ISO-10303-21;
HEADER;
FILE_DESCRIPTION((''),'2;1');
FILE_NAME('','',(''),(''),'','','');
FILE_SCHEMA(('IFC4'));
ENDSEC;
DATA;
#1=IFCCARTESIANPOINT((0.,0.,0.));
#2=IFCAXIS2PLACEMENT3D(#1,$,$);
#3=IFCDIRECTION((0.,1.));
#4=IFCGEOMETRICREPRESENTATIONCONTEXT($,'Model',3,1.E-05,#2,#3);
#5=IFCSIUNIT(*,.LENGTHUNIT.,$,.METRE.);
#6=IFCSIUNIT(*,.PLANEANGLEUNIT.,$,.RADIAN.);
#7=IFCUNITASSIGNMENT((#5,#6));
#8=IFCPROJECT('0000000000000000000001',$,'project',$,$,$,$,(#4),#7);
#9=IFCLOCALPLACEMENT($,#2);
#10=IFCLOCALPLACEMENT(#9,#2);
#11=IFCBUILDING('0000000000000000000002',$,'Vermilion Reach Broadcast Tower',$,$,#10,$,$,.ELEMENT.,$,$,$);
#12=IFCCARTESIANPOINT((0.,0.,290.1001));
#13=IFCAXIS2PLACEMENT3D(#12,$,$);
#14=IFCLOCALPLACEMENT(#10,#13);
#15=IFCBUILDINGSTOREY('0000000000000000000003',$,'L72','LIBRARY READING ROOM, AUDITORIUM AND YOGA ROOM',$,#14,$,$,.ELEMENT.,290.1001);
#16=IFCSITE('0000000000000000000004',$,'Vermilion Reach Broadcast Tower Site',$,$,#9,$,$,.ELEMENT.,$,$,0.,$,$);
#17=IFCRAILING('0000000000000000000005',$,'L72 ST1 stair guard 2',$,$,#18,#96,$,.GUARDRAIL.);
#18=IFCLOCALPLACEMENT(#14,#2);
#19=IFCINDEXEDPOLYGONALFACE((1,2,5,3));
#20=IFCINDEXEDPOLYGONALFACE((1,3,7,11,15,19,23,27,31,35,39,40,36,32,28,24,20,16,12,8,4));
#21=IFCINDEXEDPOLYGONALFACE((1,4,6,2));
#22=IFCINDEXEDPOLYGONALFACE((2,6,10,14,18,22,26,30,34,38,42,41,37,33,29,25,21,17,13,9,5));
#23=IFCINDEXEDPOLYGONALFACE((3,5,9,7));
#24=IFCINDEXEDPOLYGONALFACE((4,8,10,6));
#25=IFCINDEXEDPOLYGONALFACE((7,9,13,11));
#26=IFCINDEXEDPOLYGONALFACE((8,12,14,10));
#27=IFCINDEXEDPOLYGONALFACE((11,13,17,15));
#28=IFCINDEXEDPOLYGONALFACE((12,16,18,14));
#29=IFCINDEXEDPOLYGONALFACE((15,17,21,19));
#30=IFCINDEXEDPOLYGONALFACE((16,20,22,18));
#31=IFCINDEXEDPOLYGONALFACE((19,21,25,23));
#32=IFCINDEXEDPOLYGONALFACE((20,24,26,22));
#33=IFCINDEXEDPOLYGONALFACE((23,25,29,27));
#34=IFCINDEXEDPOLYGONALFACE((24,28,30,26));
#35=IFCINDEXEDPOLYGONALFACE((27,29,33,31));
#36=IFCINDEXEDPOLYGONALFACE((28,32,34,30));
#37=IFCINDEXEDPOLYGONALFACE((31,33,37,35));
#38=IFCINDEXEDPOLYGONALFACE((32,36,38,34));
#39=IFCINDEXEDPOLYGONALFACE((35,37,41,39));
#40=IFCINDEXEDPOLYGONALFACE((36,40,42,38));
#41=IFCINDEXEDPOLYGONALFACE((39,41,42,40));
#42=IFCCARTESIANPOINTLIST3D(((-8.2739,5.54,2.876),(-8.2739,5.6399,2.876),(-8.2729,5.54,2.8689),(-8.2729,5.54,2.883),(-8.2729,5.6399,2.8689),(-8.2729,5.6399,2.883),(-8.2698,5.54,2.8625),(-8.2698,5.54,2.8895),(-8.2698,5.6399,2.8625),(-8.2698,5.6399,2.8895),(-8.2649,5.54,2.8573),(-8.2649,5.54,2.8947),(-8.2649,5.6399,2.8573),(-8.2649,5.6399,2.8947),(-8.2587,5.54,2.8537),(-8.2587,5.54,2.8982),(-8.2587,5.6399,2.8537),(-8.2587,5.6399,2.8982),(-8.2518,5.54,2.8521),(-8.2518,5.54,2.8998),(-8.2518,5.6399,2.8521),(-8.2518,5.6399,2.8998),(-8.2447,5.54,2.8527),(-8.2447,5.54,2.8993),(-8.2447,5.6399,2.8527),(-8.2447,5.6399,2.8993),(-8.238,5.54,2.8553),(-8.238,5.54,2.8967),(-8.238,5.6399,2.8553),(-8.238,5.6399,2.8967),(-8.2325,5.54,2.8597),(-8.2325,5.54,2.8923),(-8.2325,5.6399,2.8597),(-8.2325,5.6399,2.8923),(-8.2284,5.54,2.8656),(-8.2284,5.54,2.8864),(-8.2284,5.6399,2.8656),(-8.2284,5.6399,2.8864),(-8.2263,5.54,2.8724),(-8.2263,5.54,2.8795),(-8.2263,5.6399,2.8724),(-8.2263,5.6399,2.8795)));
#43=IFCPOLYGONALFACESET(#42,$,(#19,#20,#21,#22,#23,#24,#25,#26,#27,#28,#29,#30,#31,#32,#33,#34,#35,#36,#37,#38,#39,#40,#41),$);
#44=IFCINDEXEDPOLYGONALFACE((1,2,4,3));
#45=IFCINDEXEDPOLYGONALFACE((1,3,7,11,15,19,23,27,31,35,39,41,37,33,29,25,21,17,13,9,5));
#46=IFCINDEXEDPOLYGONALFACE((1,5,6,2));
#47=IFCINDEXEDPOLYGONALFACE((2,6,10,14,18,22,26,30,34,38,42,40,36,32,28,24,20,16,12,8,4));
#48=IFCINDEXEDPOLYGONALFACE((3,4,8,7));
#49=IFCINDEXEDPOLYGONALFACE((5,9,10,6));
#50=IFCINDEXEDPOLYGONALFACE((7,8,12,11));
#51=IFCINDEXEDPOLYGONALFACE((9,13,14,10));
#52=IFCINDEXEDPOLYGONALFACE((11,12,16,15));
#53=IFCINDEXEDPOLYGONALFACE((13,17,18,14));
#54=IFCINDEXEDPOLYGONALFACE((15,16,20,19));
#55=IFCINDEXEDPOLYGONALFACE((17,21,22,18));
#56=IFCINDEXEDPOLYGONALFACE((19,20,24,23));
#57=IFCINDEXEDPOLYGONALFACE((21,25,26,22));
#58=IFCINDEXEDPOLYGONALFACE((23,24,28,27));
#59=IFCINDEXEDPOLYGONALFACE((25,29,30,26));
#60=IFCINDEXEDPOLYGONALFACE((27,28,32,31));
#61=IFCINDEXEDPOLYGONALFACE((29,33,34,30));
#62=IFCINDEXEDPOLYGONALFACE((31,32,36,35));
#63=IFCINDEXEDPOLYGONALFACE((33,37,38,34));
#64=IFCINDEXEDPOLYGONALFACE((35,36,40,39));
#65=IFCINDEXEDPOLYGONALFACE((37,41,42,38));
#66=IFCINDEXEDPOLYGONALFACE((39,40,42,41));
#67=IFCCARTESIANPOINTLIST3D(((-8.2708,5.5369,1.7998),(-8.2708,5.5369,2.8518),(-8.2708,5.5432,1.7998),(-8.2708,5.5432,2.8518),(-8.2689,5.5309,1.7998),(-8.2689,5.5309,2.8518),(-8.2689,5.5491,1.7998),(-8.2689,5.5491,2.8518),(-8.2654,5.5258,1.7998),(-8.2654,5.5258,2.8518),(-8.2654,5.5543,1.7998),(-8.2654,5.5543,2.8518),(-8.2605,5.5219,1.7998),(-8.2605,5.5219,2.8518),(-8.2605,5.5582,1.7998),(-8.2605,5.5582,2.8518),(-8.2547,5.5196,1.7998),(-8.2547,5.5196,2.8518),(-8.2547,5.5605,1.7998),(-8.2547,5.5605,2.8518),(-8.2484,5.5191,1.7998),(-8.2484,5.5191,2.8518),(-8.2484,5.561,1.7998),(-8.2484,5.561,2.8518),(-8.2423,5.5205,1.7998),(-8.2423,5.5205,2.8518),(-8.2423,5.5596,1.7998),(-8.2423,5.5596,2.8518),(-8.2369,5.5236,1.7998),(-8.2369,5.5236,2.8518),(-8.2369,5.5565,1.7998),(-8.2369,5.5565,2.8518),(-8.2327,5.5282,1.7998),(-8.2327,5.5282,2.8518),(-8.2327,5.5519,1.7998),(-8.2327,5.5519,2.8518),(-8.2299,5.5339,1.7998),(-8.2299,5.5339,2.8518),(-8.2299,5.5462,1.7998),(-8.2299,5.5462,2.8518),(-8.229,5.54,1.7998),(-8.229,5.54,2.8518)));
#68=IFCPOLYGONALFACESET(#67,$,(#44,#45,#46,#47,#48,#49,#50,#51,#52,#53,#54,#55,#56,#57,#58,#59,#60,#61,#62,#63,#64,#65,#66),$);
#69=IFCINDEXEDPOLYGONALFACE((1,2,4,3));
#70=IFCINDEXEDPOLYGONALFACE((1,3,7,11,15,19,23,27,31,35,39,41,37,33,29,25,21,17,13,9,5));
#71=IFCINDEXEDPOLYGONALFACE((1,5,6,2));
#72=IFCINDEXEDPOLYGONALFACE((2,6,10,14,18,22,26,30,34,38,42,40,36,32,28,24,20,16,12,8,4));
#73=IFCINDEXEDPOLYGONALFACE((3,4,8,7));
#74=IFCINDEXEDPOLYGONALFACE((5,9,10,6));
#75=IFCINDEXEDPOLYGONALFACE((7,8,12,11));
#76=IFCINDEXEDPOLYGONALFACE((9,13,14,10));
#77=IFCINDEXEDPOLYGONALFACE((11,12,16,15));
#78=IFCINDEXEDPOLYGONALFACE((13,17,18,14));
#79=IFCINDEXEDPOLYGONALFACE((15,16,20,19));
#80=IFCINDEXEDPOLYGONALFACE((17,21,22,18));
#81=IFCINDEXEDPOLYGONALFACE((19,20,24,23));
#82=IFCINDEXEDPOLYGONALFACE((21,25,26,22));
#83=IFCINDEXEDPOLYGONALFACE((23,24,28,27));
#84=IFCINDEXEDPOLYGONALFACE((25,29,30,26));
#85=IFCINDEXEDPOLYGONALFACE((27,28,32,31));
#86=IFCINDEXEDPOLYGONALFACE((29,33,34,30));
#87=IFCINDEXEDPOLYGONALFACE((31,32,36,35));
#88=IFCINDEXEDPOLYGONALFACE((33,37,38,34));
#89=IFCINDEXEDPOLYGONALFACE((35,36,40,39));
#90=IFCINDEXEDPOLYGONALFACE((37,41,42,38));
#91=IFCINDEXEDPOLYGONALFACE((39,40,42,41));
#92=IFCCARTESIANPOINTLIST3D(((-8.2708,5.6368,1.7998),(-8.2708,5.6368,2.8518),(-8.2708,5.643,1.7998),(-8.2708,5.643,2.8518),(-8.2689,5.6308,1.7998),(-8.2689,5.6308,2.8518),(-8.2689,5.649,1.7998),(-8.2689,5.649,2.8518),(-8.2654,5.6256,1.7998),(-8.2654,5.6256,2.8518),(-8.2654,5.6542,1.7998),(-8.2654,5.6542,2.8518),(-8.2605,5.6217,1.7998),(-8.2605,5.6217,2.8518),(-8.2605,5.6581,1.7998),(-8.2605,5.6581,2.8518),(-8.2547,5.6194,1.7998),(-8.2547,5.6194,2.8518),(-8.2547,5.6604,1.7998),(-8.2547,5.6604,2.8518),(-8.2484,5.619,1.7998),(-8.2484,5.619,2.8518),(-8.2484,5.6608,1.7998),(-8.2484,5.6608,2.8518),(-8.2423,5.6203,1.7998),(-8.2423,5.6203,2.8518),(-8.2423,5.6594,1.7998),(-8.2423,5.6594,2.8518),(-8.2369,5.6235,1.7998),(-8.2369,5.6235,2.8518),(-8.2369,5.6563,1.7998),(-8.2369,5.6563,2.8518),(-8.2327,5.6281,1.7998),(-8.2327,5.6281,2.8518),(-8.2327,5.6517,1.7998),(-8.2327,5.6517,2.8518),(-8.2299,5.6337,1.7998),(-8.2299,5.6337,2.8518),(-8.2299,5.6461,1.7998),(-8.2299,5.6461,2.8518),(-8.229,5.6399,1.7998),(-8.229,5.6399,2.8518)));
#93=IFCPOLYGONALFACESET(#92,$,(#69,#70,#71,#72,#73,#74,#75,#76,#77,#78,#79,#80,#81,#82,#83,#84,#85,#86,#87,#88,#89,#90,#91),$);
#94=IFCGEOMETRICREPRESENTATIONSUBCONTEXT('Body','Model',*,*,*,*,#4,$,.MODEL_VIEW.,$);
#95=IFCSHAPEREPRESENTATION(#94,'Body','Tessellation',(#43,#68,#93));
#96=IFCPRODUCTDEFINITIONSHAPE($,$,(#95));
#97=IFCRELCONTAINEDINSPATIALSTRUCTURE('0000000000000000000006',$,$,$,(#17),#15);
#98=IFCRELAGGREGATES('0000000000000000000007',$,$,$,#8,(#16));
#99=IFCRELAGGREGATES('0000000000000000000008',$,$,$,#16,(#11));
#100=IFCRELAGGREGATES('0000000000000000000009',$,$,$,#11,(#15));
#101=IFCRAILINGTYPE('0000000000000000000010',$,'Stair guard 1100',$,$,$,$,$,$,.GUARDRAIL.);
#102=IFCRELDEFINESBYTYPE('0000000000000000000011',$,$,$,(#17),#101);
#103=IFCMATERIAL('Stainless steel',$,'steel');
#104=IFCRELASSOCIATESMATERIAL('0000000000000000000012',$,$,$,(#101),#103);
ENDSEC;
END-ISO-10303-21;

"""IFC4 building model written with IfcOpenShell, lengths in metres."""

from ifc_helpers import new_model, si_unit, direction, frame, origin, origin_2d, place, context, subcontext, project, spatial, circle, extrude, material, type_object, element, save


model = new_model("IFC4")

# Units and contexts
model_context = context("Model", 3, precision=1e-05, world=origin(), true_north=direction((0.0, 1.0)))
body_context = subcontext(model_context, "Body", "Model", "MODEL_VIEW")
ifc_project = project(units=[si_unit("LENGTHUNIT", "METRE"), si_unit("PLANEANGLEUNIT", "RADIAN")], contexts=[model_context])

# Site, building, storey
site_placement = place(None, origin())
site = spatial("IfcSite", under=ifc_project, at=site_placement, Name="Vermilion Reach Broadcast Tower Site", CompositionType="ELEMENT", RefElevation=0.0)
building_placement = place(site_placement, origin())
building = spatial("IfcBuilding", under=site, at=building_placement, Name="Vermilion Reach Broadcast Tower", CompositionType="ELEMENT")
storey_placement = place(building_placement, frame((0.0, 0.0, 290.1001)))
storey = spatial("IfcBuildingStorey", under=building, at=storey_placement, Name="L72", Description="LIBRARY READING ROOM, AUDITORIUM AND YOGA ROOM", CompositionType="ELEMENT", Elevation=290.1001)

# Railing
ifc_material_1 = material(Name="Stainless steel", Category="steel")
railing_type_1 = type_object("IfcRailingType", Name="Stair guard 1100", PredefinedType="GUARDRAIL", material=ifc_material_1)
railing_1_placement = place(storey_placement, frame((-8.25, 5.54, 1.7998)))
element("IfcRailing", 1, at=railing_1_placement, inside=storey, type_object=railing_type_1, Name="L72 ST1 stair guard 2", PredefinedType="GUARDRAIL", context=body_context, shape_type="SweptSolid", body=[
    extrude(circle(Radius=0.0239, at=origin_2d()), frame((0.0, 0.0, 1.0762), z_axis=(0.0, 1.0, 0.0), x_axis=(-1.0, 0.0, 0.0)), (0.0, 0.0, 1.0), 0.0999),
    extrude(circle(Radius=0.021, at=origin_2d()), origin(), (0.0, 0.0, 1.0), 1.052),
    extrude(circle(Radius=0.021, at=origin_2d()), frame((0.0, 0.0999, 0.0)), (0.0, 0.0, 1.0), 1.052),
])

save(model, "model.ifc")
